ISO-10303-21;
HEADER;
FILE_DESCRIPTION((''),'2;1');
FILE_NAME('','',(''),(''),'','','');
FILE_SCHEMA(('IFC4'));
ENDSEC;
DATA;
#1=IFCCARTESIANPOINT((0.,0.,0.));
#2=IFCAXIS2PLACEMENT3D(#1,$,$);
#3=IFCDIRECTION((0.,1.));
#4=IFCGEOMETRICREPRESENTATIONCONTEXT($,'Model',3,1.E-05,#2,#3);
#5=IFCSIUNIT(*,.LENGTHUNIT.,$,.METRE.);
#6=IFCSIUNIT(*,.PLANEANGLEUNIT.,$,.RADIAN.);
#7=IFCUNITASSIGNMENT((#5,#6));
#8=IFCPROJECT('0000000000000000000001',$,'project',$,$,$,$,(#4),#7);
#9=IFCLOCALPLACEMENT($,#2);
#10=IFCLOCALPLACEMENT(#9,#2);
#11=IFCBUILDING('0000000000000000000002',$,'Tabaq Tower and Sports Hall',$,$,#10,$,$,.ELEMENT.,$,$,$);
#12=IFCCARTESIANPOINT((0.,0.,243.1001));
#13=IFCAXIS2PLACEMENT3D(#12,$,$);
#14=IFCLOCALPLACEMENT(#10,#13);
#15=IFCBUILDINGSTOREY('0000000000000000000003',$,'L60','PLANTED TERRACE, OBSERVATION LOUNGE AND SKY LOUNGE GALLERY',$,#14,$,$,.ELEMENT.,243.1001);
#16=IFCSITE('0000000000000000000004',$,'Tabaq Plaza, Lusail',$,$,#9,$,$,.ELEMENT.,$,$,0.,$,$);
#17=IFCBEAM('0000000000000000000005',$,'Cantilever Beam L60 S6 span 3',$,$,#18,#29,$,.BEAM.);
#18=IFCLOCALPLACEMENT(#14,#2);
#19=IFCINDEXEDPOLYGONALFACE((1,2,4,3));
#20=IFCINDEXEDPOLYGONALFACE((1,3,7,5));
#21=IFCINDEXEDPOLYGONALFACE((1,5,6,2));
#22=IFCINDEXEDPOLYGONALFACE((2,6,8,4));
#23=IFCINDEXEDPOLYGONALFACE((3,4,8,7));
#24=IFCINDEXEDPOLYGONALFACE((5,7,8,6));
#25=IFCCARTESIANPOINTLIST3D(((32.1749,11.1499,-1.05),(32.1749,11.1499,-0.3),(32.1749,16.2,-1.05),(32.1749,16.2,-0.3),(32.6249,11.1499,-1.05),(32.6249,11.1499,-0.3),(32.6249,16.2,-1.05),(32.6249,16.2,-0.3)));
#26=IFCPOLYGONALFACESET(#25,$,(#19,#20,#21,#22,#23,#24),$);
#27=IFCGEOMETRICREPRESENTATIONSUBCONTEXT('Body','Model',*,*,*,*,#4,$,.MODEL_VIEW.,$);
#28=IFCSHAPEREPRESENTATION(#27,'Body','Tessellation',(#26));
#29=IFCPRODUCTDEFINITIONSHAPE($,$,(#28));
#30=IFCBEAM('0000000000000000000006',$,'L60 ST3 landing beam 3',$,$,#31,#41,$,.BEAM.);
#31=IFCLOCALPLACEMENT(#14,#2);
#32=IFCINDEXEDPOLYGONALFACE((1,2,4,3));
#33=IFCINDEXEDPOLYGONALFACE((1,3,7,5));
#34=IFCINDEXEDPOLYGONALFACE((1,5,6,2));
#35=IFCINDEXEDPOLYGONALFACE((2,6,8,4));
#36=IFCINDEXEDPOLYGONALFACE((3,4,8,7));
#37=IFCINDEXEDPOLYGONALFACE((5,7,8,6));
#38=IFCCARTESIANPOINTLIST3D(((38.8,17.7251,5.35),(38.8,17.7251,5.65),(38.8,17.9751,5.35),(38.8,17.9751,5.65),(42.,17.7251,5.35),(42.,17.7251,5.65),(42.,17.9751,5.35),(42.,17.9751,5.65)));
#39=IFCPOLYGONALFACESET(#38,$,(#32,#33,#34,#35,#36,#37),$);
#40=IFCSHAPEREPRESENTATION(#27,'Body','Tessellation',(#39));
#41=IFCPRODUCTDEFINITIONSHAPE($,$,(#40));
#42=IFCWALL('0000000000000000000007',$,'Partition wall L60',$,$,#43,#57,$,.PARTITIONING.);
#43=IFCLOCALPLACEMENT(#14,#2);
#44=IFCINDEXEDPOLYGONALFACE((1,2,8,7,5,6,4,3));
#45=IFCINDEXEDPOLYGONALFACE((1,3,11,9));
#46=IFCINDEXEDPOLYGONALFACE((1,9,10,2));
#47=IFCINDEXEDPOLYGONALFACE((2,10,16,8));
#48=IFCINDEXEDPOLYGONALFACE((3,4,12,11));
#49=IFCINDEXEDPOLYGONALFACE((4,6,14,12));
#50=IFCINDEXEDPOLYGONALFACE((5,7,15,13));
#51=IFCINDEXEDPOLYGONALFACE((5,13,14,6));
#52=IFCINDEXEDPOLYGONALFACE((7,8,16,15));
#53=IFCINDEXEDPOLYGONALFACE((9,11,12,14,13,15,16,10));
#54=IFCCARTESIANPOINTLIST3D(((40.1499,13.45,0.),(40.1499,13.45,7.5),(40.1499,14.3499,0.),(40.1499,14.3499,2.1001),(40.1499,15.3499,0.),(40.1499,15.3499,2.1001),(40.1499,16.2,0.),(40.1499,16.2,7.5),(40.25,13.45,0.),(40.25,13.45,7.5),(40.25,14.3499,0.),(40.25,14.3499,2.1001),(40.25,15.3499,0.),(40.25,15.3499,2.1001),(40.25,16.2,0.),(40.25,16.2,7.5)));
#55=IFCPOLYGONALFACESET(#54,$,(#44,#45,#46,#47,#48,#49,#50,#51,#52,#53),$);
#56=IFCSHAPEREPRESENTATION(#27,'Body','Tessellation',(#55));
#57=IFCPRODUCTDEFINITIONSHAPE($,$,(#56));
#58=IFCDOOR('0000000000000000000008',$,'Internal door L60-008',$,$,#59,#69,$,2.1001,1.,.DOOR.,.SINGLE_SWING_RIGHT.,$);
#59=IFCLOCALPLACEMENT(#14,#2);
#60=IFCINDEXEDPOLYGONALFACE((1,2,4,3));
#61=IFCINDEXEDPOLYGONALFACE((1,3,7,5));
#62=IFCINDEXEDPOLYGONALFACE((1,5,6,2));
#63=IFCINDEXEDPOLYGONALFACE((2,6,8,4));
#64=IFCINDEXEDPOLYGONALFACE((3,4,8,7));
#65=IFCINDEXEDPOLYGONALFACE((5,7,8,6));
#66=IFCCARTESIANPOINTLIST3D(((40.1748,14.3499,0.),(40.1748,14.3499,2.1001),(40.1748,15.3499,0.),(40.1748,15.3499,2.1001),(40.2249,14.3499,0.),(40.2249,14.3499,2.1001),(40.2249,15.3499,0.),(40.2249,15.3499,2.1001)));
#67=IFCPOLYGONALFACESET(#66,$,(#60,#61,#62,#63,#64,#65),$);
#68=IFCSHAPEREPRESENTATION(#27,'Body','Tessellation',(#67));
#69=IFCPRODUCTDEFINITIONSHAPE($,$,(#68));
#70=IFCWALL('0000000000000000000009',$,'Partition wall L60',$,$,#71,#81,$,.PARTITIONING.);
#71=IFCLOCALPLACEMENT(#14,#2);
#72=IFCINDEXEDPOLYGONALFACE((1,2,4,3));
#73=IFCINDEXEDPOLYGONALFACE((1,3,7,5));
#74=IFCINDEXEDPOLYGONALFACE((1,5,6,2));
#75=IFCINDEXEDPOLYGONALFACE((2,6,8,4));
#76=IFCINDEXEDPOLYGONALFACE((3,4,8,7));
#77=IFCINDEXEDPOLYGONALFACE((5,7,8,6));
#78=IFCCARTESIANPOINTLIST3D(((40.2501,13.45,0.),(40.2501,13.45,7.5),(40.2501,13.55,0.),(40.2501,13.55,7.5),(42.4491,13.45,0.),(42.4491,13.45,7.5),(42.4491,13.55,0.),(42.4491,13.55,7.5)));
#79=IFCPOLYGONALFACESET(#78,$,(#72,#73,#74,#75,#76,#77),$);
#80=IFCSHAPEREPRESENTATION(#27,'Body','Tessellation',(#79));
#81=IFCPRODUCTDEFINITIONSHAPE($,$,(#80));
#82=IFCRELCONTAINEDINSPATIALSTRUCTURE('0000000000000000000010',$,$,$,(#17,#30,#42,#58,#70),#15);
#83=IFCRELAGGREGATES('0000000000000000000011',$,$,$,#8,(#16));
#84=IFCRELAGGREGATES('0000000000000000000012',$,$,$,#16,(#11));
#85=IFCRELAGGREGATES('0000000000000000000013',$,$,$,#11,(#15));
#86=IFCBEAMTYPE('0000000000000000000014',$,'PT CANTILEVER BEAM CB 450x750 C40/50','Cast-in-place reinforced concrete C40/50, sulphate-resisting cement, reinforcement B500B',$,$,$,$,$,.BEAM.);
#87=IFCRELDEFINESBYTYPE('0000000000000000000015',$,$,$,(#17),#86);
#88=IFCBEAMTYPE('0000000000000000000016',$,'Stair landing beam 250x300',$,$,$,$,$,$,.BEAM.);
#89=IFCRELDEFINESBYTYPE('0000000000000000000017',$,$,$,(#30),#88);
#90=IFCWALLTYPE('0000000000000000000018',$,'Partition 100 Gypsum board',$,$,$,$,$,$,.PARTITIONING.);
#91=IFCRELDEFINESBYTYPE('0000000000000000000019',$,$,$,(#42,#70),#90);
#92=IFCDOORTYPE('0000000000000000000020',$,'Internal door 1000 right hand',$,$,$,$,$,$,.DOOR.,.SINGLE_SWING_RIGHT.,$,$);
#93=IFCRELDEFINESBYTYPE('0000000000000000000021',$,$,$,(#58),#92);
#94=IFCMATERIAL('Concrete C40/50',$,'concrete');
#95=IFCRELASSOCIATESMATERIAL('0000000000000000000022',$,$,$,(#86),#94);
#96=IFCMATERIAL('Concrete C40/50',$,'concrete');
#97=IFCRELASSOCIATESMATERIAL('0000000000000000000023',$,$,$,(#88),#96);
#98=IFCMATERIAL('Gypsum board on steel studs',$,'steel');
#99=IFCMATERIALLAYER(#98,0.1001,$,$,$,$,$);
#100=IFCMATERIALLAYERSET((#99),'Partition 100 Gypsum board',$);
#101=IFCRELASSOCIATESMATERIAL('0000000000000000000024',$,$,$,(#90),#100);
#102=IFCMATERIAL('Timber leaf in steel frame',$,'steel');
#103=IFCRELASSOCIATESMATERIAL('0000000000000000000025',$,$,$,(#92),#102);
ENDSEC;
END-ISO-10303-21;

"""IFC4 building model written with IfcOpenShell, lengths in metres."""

from ifc_helpers import new_model, si_unit, direction, frame, frame_2d, origin, origin_2d, place, context, subcontext, project, spatial, rectangle, extrude, material, layer, layer_set, material_profile, profile_set, type_object, element, fill, save


model = new_model("IFC4")

# Units and contexts
model_context = context("Model", 3, precision=1e-05, world=origin(), true_north=direction((0.0, 1.0)))
body_context = subcontext(model_context, "Body", "Model", "MODEL_VIEW")
ifc_project = project(units=[si_unit("LENGTHUNIT", "METRE"), si_unit("PLANEANGLEUNIT", "RADIAN")], contexts=[model_context])

# Site, building, storey
site_placement = place(None, origin())
site = spatial("IfcSite", under=ifc_project, at=site_placement, Name="Tabaq Plaza, Lusail", CompositionType="ELEMENT", RefElevation=0.0)
building_placement = place(site_placement, origin())
building = spatial("IfcBuilding", under=site, at=building_placement, Name="Tabaq Tower and Sports Hall", CompositionType="ELEMENT")
storey_placement = place(building_placement, frame((0.0, 0.0, 243.1001)))
storey = spatial("IfcBuildingStorey", under=building, at=storey_placement, Name="L60", Description="PLANTED TERRACE, OBSERVATION LOUNGE AND SKY LOUNGE GALLERY", CompositionType="ELEMENT", Elevation=243.1001)

# Beams
ifc_material_1 = material(Name="Concrete C40/50", Category="concrete")
ifc_material_profile_1 = material_profile(ifc_material_1, rectangle(XDim=0.45, YDim=0.75, at=origin_2d()), Name="CB 450x750")
ifc_profile_set_1 = profile_set([ifc_material_profile_1], Name="Concrete C40/50")
beam_type_1 = type_object("IfcBeamType", Name="PT CANTILEVER BEAM CB 450x750 C40/50", Description="Cast-in-place reinforced concrete C40/50, sulphate-resisting cement, reinforcement B500B", PredefinedType="BEAM", material=ifc_profile_set_1)
beam_1_placement = place(storey_placement, frame((32.3999, 11.1499, -0.675), z_axis=(0.0, 1.0, 0.0), x_axis=(-1.0, 0.0, 0.0)))
element("IfcBeam", 1, at=beam_1_placement, inside=storey, type_object=beam_type_1, Name="Cantilever Beam L60 S6 span 3", PredefinedType="BEAM", context=body_context, shape_type="SweptSolid", body=[
    extrude(rectangle(XDim=0.45, YDim=0.75, at=origin_2d()), origin(), (0.0, 0.0, 1.0), 5.05),
])
ifc_material_2 = material(Name="Concrete C40/50", Category="concrete")
ifc_material_profile_2 = material_profile(ifc_material_2, rectangle(XDim=0.25, YDim=0.3, at=origin_2d()), Name="RC 250x300")
ifc_profile_set_2 = profile_set([ifc_material_profile_2], Name="Concrete C40/50")
beam_type_2 = type_object("IfcBeamType", Name="Stair landing beam 250x300", PredefinedType="BEAM", material=ifc_profile_set_2)
beam_2_placement = place(storey_placement, frame((38.8, 17.8501, 5.5), z_axis=(1.0, 0.0, 0.0), x_axis=(0.0, 1.0, 0.0)))
element("IfcBeam", 2, at=beam_2_placement, inside=storey, type_object=beam_type_2, Name="L60 ST3 landing beam 3", PredefinedType="BEAM", context=body_context, shape_type="SweptSolid", body=[
    extrude(rectangle(XDim=0.25, YDim=0.3, at=origin_2d()), origin(), (0.0, 0.0, 1.0), 3.2),
])

# Wall, opening, door
ifc_material_3 = material(Name="Gypsum board on steel studs", Category="steel")
ifc_layer_1 = layer(ifc_material_3, 0.1001)
ifc_layer_set_1 = layer_set([ifc_layer_1], Name="Partition 100 Gypsum board")
wall_type_1 = type_object("IfcWallType", Name="Partition 100 Gypsum board", PredefinedType="PARTITIONING", material=ifc_layer_set_1)
wall_1_placement = place(storey_placement, frame((40.2, 16.2, 0.0), z_axis=(0.0, 0.0, 1.0), x_axis=(0.0, -1.0, 0.0)))
wall_1 = element("IfcWall", 3, at=wall_1_placement, inside=storey, type_object=wall_type_1, Name="Partition wall L60", PredefinedType="PARTITIONING", context=body_context, shape_type="SweptSolid", body=[
    extrude(rectangle(XDim=2.75, YDim=0.1001, at=frame_2d((1.375, 0.0))), origin(), (0.0, 0.0, 1.0), 7.5),
])
opening_1_placement = place(wall_1_placement, frame((0.8501, 0.0, 0.0)))
opening_1 = element("IfcOpeningElement", 4, at=opening_1_placement, cuts=wall_1, PredefinedType="OPENING", context=body_context, shape_type="SweptSolid", body=[
    extrude(rectangle(XDim=1.0, YDim=2.1001, at=frame_2d((0.5, 1.05))), frame((0.0, 0.05, 0.0), z_axis=(0.0, -1.0, 0.0), x_axis=(1.0, 0.0, 0.0)), (0.0, 0.0, 1.0), 0.1001),
])
ifc_material_4 = material(Name="Timber leaf in steel frame", Category="steel")
door_type_1 = type_object("IfcDoorType", Name="Internal door 1000 right hand", OperationType="SINGLE_SWING_RIGHT", PredefinedType="DOOR", material=ifc_material_4)
door_1_placement = place(opening_1_placement, origin())
door_1 = element("IfcDoor", 5, at=door_1_placement, inside=storey, type_object=door_type_1, Name="Internal door L60-008", OperationType="SINGLE_SWING_RIGHT", OverallHeight=2.1001, OverallWidth=1.0, PredefinedType="DOOR", context=body_context, shape_type="SweptSolid", body=[
    extrude(rectangle(XDim=1.0, YDim=2.1001, at=frame_2d((0.5, 1.05))), frame((0.0, 0.0249, 0.0), z_axis=(0.0, -1.0, 0.0), x_axis=(1.0, 0.0, 0.0)), (0.0, 0.0, 1.0), 0.05),
])
fill(opening_1, door_1)

# Wall
wall_2_placement = place(storey_placement, frame((40.25, 13.5, 0.0), z_axis=(0.0, 0.0, 1.0), x_axis=(1.0, 0.0, 0.0)))
element("IfcWall", 6, at=wall_2_placement, inside=storey, type_object=wall_type_1, Name="Partition wall L60", PredefinedType="PARTITIONING", context=body_context, shape_type="SweptSolid", body=[
    extrude(rectangle(XDim=2.199, YDim=0.1001, at=frame_2d((1.0996, 0.0))), origin(), (0.0, 0.0, 1.0), 7.5),
])

save(model, "model.ifc")
